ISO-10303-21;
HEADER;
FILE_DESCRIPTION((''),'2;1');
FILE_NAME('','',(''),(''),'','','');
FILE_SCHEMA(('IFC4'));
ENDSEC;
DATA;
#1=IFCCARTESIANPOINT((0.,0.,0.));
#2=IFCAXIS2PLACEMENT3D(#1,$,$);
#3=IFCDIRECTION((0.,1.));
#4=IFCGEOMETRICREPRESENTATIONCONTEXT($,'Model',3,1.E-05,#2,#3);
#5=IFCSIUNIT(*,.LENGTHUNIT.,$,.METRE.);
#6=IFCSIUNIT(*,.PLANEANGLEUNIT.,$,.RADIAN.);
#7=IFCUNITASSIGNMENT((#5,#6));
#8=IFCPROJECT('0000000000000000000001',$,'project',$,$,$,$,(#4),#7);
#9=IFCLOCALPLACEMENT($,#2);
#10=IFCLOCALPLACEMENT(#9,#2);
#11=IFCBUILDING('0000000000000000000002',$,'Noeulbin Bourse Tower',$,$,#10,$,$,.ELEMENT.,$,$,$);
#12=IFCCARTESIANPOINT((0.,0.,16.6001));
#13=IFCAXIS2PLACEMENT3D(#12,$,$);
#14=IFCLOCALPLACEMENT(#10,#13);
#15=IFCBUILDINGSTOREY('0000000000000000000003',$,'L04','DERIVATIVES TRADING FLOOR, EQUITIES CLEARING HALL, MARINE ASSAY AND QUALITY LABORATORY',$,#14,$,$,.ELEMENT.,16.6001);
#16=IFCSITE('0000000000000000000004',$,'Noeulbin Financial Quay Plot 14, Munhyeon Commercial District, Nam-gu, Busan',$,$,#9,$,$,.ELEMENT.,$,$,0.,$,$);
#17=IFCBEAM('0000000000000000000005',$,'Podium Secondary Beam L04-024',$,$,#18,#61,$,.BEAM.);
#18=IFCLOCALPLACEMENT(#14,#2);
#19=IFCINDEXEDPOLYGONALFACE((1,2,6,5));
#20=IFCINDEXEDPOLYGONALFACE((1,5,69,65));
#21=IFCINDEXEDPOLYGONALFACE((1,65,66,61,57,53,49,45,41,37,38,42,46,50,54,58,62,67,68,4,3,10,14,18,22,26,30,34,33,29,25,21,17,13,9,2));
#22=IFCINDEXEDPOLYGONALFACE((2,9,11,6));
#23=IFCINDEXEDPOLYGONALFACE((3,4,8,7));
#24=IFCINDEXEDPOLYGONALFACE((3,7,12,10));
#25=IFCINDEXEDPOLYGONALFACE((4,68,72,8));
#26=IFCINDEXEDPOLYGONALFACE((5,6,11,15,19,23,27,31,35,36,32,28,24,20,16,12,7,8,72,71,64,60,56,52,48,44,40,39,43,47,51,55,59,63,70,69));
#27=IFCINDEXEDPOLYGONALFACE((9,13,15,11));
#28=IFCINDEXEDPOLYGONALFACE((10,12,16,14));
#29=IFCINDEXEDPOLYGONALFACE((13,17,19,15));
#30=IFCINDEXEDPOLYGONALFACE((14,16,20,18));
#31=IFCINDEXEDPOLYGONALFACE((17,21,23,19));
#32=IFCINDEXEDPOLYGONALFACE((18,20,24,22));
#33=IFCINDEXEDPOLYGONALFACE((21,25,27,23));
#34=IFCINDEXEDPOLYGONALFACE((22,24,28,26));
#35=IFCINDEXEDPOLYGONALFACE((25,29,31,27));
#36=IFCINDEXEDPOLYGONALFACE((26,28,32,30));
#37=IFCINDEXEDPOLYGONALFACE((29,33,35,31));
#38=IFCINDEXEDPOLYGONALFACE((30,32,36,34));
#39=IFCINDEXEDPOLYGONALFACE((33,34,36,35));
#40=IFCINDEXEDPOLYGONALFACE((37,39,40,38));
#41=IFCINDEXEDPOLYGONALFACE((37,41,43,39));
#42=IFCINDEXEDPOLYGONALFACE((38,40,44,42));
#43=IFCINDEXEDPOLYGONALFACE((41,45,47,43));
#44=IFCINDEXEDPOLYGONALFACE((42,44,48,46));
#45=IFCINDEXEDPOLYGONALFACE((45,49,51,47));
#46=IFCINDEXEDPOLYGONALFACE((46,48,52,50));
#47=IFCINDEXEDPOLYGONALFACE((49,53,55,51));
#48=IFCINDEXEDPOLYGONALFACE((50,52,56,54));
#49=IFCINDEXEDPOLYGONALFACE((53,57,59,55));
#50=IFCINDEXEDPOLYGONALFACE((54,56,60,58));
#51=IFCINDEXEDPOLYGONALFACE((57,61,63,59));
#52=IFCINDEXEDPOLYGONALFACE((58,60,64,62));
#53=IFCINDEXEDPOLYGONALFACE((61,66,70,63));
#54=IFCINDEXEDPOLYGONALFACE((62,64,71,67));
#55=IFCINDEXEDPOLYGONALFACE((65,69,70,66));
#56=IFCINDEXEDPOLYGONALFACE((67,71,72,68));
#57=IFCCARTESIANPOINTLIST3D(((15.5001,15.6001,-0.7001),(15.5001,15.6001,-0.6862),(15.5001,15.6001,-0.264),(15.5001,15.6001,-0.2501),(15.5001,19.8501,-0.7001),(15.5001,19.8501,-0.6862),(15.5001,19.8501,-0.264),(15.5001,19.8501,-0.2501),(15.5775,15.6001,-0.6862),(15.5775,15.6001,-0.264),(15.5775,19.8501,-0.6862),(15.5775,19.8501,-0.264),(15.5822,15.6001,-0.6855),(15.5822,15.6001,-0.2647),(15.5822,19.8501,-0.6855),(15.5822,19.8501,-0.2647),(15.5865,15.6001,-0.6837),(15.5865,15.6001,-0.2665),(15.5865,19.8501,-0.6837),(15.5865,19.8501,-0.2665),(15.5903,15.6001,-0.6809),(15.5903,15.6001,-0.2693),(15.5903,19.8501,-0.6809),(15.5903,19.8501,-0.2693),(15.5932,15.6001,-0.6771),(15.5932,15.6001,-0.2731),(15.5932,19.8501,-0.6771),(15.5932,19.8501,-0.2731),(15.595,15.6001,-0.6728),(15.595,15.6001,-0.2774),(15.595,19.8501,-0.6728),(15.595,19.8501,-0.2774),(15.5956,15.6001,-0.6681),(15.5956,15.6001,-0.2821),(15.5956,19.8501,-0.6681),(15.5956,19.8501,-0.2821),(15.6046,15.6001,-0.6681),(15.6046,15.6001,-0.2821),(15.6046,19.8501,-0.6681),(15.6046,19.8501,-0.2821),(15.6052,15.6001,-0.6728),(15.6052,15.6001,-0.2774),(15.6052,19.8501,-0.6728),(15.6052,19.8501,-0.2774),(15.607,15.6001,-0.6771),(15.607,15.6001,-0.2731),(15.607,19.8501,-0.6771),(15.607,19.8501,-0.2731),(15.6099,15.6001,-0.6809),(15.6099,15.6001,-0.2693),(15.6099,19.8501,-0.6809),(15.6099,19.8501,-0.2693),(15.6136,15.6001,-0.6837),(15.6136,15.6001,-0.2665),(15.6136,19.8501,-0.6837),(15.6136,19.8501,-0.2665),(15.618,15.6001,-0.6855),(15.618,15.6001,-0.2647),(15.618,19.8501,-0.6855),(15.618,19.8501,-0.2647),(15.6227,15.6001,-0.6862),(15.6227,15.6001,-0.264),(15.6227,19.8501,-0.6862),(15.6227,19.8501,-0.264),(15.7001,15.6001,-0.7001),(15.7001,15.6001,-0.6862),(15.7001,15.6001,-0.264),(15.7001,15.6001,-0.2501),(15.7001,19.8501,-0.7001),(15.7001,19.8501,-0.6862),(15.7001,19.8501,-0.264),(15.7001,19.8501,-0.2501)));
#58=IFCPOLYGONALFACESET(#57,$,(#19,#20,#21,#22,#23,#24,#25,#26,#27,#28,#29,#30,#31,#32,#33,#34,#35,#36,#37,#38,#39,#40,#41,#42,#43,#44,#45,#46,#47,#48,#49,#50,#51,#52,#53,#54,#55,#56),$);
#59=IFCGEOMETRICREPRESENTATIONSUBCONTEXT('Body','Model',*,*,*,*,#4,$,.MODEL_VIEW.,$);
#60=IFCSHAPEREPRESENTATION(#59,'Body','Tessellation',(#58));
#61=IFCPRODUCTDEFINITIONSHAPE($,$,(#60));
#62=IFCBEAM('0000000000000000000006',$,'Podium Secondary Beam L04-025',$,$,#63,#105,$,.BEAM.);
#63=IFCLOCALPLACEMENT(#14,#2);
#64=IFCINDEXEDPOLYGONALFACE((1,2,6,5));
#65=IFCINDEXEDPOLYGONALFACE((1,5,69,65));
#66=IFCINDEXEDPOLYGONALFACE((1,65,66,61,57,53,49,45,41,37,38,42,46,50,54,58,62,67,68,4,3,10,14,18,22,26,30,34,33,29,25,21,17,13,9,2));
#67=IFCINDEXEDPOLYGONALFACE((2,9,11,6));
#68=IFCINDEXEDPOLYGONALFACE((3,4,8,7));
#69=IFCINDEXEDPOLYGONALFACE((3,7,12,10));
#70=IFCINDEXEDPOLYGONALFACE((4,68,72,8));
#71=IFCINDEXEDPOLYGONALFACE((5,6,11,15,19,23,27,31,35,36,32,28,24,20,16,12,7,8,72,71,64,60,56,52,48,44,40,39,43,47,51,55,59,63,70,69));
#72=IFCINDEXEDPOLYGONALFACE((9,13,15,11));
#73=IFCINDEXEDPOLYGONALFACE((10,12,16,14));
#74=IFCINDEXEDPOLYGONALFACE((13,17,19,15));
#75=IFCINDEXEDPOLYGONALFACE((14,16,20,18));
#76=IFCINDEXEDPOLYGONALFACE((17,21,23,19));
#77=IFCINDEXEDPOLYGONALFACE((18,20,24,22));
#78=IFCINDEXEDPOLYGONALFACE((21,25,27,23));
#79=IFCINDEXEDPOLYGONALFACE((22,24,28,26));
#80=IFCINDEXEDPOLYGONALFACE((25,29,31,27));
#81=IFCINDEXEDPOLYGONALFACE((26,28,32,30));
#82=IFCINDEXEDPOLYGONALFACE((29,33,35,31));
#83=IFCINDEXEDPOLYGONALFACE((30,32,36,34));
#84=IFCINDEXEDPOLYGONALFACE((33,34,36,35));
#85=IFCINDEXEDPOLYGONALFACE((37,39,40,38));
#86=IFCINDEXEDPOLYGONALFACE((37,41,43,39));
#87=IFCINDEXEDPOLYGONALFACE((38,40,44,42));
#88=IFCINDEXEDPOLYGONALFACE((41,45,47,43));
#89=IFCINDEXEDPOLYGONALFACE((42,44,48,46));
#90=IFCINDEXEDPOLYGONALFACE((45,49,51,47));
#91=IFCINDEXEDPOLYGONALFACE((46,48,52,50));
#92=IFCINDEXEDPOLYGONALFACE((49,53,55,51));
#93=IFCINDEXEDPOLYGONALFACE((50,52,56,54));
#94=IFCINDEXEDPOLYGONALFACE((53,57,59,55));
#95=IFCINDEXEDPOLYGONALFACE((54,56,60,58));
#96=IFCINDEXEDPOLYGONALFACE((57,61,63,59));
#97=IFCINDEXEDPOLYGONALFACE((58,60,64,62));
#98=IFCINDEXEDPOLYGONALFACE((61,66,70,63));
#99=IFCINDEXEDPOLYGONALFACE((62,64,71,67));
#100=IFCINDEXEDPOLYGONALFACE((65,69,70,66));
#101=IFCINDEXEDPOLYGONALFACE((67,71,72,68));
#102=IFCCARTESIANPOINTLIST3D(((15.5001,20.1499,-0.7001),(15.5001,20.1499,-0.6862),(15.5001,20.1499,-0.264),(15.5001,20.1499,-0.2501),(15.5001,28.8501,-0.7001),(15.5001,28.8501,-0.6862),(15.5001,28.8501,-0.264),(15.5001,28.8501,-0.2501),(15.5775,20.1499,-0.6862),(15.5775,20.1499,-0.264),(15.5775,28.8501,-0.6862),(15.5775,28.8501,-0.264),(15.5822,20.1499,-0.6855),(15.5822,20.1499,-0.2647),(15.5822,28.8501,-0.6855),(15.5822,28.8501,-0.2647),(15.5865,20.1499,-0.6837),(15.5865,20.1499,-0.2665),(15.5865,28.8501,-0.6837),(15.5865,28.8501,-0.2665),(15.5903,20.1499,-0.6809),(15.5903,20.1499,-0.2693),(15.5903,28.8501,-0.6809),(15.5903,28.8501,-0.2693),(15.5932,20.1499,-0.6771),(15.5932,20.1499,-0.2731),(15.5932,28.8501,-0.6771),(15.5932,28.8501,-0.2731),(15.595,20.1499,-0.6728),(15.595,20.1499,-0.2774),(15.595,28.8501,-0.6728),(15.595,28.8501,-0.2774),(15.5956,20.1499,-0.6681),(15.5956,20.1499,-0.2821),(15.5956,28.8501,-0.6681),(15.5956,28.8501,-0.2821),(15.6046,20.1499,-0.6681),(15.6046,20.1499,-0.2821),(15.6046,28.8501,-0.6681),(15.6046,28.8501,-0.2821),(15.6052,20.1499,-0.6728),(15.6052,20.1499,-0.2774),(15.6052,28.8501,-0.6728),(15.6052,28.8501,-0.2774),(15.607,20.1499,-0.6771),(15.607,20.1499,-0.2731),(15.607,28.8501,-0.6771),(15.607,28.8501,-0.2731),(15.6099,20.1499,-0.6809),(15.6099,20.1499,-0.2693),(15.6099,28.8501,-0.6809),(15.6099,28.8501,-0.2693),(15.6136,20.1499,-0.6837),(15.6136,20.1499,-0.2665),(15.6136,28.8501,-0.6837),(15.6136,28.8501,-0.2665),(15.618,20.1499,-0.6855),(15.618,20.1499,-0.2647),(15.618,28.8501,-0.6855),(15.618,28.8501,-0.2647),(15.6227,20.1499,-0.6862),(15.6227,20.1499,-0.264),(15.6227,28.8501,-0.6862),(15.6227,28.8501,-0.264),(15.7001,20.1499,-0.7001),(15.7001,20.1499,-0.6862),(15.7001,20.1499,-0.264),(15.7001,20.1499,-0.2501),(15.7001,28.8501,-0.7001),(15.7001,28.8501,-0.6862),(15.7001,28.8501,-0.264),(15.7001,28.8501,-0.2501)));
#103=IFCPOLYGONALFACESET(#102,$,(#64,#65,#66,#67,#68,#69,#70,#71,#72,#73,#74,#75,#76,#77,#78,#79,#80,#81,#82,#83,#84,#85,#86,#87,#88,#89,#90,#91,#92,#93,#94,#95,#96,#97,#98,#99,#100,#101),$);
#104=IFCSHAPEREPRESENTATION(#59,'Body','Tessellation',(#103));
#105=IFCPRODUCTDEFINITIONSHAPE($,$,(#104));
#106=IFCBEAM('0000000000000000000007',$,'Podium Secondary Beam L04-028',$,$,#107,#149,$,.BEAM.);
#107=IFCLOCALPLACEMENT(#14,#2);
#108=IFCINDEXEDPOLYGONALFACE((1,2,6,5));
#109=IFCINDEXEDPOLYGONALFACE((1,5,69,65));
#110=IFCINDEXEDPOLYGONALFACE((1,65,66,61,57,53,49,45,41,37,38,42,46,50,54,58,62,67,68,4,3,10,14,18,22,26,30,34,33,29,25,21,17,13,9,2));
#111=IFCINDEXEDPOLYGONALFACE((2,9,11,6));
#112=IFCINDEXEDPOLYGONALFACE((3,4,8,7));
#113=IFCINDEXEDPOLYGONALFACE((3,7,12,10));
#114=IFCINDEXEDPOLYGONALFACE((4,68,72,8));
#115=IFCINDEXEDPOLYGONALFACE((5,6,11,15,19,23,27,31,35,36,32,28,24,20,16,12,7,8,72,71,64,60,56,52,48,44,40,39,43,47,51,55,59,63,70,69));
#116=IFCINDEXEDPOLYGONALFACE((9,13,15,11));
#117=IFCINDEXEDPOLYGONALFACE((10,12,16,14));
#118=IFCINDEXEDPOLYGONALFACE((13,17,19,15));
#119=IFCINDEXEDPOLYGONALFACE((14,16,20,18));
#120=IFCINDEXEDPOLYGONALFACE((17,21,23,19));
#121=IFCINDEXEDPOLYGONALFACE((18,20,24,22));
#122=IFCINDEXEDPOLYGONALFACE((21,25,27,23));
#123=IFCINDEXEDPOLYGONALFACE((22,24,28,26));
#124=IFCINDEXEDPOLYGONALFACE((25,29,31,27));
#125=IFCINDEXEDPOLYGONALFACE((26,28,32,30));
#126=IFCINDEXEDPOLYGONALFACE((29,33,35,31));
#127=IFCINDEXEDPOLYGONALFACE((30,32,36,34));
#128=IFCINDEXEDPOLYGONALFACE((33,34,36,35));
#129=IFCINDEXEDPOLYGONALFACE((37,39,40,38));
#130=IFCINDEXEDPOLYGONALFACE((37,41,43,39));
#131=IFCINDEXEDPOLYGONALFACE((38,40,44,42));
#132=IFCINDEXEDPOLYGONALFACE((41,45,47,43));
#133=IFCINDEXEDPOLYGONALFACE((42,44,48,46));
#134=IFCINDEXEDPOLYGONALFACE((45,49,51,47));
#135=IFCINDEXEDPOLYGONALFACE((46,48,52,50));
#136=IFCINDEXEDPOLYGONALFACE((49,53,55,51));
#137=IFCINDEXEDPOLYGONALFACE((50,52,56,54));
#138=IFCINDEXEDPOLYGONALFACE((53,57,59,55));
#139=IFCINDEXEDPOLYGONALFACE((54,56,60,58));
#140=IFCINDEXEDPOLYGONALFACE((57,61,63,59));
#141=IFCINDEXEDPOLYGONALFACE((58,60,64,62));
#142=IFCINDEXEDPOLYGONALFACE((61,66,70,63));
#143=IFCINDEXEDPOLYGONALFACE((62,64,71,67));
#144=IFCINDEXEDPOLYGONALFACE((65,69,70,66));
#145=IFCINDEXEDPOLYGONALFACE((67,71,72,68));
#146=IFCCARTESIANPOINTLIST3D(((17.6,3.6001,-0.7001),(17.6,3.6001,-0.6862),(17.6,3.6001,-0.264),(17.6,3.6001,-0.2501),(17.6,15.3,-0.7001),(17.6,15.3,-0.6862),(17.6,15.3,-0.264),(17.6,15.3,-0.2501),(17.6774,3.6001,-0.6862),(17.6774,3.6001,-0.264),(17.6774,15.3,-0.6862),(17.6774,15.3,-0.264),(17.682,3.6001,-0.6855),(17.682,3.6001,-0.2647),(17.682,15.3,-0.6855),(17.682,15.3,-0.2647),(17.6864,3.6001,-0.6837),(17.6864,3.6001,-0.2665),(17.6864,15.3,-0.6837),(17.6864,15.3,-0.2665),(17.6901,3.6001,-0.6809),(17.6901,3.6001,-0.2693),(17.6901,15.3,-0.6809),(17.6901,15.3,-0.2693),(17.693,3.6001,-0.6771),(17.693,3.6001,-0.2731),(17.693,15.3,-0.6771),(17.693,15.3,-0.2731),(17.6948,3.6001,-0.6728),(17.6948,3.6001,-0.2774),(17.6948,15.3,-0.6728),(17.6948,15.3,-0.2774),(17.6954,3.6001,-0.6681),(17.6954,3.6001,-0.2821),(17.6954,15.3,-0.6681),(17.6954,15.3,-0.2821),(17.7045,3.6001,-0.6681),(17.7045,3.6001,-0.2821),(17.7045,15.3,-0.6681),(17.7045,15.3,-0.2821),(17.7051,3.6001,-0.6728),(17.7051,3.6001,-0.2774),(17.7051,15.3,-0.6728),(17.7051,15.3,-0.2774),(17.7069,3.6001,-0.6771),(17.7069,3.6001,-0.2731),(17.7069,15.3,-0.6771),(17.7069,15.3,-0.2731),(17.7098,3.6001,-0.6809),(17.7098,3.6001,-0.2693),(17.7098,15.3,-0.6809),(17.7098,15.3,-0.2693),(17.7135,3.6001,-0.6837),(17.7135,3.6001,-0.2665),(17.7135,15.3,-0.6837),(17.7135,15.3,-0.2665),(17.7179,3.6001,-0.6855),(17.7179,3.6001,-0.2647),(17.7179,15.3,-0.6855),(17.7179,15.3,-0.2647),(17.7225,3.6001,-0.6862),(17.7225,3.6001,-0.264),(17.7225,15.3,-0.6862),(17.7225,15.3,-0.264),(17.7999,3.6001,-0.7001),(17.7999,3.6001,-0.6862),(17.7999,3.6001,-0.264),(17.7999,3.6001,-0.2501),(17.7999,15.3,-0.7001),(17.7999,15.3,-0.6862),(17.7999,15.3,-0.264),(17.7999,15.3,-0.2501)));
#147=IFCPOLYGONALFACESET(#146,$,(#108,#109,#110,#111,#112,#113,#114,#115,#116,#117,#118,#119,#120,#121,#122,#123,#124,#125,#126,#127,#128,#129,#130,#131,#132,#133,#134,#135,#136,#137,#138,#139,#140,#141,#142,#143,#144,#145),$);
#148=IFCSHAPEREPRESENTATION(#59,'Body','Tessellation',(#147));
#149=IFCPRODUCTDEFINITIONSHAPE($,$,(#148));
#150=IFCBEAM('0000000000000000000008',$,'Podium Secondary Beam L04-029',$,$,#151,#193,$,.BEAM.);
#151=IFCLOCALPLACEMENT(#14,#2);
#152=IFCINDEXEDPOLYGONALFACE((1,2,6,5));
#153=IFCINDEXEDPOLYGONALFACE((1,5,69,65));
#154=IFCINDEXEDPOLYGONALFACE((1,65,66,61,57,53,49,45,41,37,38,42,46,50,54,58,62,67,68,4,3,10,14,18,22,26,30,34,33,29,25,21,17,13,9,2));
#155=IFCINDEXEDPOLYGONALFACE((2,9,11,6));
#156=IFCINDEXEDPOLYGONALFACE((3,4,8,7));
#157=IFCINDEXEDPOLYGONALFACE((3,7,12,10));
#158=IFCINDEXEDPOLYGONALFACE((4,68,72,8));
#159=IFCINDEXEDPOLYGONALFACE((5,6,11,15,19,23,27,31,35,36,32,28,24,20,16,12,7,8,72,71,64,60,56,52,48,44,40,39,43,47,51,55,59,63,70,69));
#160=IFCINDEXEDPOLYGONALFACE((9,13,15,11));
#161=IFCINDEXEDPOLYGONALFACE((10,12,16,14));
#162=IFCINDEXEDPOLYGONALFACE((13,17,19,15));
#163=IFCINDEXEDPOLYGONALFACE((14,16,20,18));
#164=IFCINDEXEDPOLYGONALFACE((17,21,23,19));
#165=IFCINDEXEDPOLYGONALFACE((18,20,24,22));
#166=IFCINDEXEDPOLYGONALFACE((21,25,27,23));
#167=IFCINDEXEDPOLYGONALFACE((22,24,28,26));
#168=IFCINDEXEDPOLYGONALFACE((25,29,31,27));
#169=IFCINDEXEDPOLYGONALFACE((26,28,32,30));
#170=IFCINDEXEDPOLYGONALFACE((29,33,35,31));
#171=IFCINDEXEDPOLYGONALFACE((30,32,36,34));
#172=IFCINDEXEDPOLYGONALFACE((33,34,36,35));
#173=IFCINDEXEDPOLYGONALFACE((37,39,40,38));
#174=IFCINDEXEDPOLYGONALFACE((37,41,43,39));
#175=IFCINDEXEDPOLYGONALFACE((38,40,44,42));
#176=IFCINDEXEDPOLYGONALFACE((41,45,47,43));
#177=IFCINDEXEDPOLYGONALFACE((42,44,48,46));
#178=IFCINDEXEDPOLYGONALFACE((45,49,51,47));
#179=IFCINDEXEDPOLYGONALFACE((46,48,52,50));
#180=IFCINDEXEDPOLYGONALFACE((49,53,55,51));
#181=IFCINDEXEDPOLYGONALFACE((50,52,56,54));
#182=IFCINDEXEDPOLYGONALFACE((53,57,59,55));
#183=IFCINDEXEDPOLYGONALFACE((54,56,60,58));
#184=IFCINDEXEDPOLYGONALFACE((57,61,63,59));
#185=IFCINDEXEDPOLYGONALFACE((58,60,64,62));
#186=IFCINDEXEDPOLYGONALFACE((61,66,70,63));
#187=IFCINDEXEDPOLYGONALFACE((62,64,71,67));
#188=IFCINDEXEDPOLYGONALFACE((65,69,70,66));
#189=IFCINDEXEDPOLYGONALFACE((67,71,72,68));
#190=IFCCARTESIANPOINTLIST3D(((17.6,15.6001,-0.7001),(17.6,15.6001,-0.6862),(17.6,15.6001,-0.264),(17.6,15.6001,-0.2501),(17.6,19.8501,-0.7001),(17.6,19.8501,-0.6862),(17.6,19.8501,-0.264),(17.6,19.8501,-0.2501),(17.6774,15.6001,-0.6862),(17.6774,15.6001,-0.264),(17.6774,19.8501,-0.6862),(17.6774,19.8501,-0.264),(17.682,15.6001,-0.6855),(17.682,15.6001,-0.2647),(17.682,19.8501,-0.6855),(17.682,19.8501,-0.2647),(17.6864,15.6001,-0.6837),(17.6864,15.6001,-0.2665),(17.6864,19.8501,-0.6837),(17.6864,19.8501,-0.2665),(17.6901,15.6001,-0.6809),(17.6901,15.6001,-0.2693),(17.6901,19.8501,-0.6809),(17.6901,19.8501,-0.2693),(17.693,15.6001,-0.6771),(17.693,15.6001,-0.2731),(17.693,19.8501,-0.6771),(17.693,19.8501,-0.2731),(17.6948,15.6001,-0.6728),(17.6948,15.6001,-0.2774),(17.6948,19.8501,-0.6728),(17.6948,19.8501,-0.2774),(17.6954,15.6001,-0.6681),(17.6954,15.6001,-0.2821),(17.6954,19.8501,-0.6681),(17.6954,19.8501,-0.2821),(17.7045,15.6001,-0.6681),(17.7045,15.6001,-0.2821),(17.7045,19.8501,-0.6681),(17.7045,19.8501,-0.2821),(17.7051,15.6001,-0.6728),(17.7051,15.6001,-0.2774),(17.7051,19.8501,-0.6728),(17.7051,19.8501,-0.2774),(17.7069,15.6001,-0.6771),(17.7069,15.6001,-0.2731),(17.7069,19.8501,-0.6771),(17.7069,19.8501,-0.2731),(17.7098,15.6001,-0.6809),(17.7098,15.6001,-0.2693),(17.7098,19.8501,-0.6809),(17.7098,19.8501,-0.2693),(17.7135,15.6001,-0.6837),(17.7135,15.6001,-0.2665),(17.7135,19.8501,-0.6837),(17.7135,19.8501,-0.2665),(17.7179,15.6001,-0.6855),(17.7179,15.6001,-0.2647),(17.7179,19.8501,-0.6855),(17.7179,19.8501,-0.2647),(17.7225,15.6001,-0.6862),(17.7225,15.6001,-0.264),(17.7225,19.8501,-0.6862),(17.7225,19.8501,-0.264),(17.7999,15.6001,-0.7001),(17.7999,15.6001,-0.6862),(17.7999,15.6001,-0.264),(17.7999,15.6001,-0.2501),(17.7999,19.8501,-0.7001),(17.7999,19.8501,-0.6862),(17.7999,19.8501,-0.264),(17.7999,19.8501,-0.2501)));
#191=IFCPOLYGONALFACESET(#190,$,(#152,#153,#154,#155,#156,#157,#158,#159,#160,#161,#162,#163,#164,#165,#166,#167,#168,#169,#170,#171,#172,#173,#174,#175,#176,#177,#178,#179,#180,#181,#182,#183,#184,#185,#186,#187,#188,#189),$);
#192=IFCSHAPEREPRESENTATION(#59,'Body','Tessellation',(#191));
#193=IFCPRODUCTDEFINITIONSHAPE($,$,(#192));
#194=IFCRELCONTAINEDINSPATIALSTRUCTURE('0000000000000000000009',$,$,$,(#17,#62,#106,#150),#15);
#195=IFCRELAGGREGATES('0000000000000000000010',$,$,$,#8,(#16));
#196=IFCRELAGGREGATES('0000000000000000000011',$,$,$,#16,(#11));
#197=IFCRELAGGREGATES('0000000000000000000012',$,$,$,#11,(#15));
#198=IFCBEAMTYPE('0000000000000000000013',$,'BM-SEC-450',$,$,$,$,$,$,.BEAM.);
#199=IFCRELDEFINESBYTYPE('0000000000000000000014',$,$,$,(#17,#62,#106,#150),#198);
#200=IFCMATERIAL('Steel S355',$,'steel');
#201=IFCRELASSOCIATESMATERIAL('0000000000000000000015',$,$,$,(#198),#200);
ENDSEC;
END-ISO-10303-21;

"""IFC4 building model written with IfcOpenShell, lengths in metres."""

from ifc_helpers import new_model, si_unit, direction, frame, origin, origin_2d, place, context, subcontext, project, spatial, i_section, extrude, material, material_profile, profile_set, type_object, element, save


model = new_model("IFC4")

# Units and contexts
model_context = context("Model", 3, precision=1e-05, world=origin(), true_north=direction((0.0, 1.0)))
body_context = subcontext(model_context, "Body", "Model", "MODEL_VIEW")
ifc_project = project(units=[si_unit("LENGTHUNIT", "METRE"), si_unit("PLANEANGLEUNIT", "RADIAN")], contexts=[model_context])

# Site, building, storey
site_placement = place(None, origin())
site = spatial("IfcSite", under=ifc_project, at=site_placement, Name="Noeulbin Financial Quay Plot 14, Munhyeon Commercial District, Nam-gu, Busan", CompositionType="ELEMENT", RefElevation=0.0)
building_placement = place(site_placement, origin())
building = spatial("IfcBuilding", under=site, at=building_placement, Name="Noeulbin Bourse Tower", CompositionType="ELEMENT")
storey_placement = place(building_placement, frame((0.0, 0.0, 16.6001)))
storey = spatial("IfcBuildingStorey", under=building, at=storey_placement, Name="L04", Description="DERIVATIVES TRADING FLOOR, EQUITIES CLEARING HALL, MARINE ASSAY AND QUALITY LABORATORY", CompositionType="ELEMENT", Elevation=16.6001)

# Beams
ifc_material_1 = material(Name="Steel S355", Category="steel")
ifc_material_profile_1 = material_profile(ifc_material_1, i_section(OverallWidth=0.2, OverallDepth=0.45, WebThickness=0.009, FlangeThickness=0.0139, FilletRadius=0.0181, at=origin_2d()), Name="H-450x200x9x14", Category="LoadBearing")
ifc_profile_set_1 = profile_set([ifc_material_profile_1], Name="Steel S355")
beam_type_1 = type_object("IfcBeamType", Name="BM-SEC-450", PredefinedType="BEAM", material=ifc_profile_set_1)
beam_1_placement = place(storey_placement, frame((15.6001, 15.6001, -0.4751), z_axis=(0.0, 1.0, 0.0), x_axis=(-1.0, 0.0, 0.0)))
element("IfcBeam", 1, at=beam_1_placement, inside=storey, type_object=beam_type_1, Name="Podium Secondary Beam L04-024", PredefinedType="BEAM", context=body_context, shape_type="SweptSolid", body=[
    extrude(i_section(OverallWidth=0.2, OverallDepth=0.45, WebThickness=0.009, FlangeThickness=0.0139, FilletRadius=0.0181, at=origin_2d()), origin(), (0.0, 0.0, 1.0), 4.25),
])
beam_2_placement = place(storey_placement, frame((15.6001, 20.1499, -0.4751), z_axis=(0.0, 1.0, 0.0), x_axis=(-1.0, 0.0, 0.0)))
element("IfcBeam", 2, at=beam_2_placement, inside=storey, type_object=beam_type_1, Name="Podium Secondary Beam L04-025", PredefinedType="BEAM", context=body_context, shape_type="SweptSolid", body=[
    extrude(i_section(OverallWidth=0.2, OverallDepth=0.45, WebThickness=0.009, FlangeThickness=0.0139, FilletRadius=0.0181, at=origin_2d()), origin(), (0.0, 0.0, 1.0), 8.7002),
])
beam_3_placement = place(storey_placement, frame((17.7, 3.6001, -0.4751), z_axis=(0.0, 1.0, 0.0), x_axis=(-1.0, 0.0, 0.0)))
element("IfcBeam", 3, at=beam_3_placement, inside=storey, type_object=beam_type_1, Name="Podium Secondary Beam L04-028", PredefinedType="BEAM", context=body_context, shape_type="SweptSolid", body=[
    extrude(i_section(OverallWidth=0.2, OverallDepth=0.45, WebThickness=0.009, FlangeThickness=0.0139, FilletRadius=0.0181, at=origin_2d()), origin(), (0.0, 0.0, 1.0), 11.7),
])
beam_4_placement = place(storey_placement, frame((17.7, 15.6001, -0.4751), z_axis=(0.0, 1.0, 0.0), x_axis=(-1.0, 0.0, 0.0)))
element("IfcBeam", 4, at=beam_4_placement, inside=storey, type_object=beam_type_1, Name="Podium Secondary Beam L04-029", PredefinedType="BEAM", context=body_context, shape_type="SweptSolid", body=[
    extrude(i_section(OverallWidth=0.2, OverallDepth=0.45, WebThickness=0.009, FlangeThickness=0.0139, FilletRadius=0.0181, at=origin_2d()), origin(), (0.0, 0.0, 1.0), 4.25),
])

save(model, "model.ifc")
